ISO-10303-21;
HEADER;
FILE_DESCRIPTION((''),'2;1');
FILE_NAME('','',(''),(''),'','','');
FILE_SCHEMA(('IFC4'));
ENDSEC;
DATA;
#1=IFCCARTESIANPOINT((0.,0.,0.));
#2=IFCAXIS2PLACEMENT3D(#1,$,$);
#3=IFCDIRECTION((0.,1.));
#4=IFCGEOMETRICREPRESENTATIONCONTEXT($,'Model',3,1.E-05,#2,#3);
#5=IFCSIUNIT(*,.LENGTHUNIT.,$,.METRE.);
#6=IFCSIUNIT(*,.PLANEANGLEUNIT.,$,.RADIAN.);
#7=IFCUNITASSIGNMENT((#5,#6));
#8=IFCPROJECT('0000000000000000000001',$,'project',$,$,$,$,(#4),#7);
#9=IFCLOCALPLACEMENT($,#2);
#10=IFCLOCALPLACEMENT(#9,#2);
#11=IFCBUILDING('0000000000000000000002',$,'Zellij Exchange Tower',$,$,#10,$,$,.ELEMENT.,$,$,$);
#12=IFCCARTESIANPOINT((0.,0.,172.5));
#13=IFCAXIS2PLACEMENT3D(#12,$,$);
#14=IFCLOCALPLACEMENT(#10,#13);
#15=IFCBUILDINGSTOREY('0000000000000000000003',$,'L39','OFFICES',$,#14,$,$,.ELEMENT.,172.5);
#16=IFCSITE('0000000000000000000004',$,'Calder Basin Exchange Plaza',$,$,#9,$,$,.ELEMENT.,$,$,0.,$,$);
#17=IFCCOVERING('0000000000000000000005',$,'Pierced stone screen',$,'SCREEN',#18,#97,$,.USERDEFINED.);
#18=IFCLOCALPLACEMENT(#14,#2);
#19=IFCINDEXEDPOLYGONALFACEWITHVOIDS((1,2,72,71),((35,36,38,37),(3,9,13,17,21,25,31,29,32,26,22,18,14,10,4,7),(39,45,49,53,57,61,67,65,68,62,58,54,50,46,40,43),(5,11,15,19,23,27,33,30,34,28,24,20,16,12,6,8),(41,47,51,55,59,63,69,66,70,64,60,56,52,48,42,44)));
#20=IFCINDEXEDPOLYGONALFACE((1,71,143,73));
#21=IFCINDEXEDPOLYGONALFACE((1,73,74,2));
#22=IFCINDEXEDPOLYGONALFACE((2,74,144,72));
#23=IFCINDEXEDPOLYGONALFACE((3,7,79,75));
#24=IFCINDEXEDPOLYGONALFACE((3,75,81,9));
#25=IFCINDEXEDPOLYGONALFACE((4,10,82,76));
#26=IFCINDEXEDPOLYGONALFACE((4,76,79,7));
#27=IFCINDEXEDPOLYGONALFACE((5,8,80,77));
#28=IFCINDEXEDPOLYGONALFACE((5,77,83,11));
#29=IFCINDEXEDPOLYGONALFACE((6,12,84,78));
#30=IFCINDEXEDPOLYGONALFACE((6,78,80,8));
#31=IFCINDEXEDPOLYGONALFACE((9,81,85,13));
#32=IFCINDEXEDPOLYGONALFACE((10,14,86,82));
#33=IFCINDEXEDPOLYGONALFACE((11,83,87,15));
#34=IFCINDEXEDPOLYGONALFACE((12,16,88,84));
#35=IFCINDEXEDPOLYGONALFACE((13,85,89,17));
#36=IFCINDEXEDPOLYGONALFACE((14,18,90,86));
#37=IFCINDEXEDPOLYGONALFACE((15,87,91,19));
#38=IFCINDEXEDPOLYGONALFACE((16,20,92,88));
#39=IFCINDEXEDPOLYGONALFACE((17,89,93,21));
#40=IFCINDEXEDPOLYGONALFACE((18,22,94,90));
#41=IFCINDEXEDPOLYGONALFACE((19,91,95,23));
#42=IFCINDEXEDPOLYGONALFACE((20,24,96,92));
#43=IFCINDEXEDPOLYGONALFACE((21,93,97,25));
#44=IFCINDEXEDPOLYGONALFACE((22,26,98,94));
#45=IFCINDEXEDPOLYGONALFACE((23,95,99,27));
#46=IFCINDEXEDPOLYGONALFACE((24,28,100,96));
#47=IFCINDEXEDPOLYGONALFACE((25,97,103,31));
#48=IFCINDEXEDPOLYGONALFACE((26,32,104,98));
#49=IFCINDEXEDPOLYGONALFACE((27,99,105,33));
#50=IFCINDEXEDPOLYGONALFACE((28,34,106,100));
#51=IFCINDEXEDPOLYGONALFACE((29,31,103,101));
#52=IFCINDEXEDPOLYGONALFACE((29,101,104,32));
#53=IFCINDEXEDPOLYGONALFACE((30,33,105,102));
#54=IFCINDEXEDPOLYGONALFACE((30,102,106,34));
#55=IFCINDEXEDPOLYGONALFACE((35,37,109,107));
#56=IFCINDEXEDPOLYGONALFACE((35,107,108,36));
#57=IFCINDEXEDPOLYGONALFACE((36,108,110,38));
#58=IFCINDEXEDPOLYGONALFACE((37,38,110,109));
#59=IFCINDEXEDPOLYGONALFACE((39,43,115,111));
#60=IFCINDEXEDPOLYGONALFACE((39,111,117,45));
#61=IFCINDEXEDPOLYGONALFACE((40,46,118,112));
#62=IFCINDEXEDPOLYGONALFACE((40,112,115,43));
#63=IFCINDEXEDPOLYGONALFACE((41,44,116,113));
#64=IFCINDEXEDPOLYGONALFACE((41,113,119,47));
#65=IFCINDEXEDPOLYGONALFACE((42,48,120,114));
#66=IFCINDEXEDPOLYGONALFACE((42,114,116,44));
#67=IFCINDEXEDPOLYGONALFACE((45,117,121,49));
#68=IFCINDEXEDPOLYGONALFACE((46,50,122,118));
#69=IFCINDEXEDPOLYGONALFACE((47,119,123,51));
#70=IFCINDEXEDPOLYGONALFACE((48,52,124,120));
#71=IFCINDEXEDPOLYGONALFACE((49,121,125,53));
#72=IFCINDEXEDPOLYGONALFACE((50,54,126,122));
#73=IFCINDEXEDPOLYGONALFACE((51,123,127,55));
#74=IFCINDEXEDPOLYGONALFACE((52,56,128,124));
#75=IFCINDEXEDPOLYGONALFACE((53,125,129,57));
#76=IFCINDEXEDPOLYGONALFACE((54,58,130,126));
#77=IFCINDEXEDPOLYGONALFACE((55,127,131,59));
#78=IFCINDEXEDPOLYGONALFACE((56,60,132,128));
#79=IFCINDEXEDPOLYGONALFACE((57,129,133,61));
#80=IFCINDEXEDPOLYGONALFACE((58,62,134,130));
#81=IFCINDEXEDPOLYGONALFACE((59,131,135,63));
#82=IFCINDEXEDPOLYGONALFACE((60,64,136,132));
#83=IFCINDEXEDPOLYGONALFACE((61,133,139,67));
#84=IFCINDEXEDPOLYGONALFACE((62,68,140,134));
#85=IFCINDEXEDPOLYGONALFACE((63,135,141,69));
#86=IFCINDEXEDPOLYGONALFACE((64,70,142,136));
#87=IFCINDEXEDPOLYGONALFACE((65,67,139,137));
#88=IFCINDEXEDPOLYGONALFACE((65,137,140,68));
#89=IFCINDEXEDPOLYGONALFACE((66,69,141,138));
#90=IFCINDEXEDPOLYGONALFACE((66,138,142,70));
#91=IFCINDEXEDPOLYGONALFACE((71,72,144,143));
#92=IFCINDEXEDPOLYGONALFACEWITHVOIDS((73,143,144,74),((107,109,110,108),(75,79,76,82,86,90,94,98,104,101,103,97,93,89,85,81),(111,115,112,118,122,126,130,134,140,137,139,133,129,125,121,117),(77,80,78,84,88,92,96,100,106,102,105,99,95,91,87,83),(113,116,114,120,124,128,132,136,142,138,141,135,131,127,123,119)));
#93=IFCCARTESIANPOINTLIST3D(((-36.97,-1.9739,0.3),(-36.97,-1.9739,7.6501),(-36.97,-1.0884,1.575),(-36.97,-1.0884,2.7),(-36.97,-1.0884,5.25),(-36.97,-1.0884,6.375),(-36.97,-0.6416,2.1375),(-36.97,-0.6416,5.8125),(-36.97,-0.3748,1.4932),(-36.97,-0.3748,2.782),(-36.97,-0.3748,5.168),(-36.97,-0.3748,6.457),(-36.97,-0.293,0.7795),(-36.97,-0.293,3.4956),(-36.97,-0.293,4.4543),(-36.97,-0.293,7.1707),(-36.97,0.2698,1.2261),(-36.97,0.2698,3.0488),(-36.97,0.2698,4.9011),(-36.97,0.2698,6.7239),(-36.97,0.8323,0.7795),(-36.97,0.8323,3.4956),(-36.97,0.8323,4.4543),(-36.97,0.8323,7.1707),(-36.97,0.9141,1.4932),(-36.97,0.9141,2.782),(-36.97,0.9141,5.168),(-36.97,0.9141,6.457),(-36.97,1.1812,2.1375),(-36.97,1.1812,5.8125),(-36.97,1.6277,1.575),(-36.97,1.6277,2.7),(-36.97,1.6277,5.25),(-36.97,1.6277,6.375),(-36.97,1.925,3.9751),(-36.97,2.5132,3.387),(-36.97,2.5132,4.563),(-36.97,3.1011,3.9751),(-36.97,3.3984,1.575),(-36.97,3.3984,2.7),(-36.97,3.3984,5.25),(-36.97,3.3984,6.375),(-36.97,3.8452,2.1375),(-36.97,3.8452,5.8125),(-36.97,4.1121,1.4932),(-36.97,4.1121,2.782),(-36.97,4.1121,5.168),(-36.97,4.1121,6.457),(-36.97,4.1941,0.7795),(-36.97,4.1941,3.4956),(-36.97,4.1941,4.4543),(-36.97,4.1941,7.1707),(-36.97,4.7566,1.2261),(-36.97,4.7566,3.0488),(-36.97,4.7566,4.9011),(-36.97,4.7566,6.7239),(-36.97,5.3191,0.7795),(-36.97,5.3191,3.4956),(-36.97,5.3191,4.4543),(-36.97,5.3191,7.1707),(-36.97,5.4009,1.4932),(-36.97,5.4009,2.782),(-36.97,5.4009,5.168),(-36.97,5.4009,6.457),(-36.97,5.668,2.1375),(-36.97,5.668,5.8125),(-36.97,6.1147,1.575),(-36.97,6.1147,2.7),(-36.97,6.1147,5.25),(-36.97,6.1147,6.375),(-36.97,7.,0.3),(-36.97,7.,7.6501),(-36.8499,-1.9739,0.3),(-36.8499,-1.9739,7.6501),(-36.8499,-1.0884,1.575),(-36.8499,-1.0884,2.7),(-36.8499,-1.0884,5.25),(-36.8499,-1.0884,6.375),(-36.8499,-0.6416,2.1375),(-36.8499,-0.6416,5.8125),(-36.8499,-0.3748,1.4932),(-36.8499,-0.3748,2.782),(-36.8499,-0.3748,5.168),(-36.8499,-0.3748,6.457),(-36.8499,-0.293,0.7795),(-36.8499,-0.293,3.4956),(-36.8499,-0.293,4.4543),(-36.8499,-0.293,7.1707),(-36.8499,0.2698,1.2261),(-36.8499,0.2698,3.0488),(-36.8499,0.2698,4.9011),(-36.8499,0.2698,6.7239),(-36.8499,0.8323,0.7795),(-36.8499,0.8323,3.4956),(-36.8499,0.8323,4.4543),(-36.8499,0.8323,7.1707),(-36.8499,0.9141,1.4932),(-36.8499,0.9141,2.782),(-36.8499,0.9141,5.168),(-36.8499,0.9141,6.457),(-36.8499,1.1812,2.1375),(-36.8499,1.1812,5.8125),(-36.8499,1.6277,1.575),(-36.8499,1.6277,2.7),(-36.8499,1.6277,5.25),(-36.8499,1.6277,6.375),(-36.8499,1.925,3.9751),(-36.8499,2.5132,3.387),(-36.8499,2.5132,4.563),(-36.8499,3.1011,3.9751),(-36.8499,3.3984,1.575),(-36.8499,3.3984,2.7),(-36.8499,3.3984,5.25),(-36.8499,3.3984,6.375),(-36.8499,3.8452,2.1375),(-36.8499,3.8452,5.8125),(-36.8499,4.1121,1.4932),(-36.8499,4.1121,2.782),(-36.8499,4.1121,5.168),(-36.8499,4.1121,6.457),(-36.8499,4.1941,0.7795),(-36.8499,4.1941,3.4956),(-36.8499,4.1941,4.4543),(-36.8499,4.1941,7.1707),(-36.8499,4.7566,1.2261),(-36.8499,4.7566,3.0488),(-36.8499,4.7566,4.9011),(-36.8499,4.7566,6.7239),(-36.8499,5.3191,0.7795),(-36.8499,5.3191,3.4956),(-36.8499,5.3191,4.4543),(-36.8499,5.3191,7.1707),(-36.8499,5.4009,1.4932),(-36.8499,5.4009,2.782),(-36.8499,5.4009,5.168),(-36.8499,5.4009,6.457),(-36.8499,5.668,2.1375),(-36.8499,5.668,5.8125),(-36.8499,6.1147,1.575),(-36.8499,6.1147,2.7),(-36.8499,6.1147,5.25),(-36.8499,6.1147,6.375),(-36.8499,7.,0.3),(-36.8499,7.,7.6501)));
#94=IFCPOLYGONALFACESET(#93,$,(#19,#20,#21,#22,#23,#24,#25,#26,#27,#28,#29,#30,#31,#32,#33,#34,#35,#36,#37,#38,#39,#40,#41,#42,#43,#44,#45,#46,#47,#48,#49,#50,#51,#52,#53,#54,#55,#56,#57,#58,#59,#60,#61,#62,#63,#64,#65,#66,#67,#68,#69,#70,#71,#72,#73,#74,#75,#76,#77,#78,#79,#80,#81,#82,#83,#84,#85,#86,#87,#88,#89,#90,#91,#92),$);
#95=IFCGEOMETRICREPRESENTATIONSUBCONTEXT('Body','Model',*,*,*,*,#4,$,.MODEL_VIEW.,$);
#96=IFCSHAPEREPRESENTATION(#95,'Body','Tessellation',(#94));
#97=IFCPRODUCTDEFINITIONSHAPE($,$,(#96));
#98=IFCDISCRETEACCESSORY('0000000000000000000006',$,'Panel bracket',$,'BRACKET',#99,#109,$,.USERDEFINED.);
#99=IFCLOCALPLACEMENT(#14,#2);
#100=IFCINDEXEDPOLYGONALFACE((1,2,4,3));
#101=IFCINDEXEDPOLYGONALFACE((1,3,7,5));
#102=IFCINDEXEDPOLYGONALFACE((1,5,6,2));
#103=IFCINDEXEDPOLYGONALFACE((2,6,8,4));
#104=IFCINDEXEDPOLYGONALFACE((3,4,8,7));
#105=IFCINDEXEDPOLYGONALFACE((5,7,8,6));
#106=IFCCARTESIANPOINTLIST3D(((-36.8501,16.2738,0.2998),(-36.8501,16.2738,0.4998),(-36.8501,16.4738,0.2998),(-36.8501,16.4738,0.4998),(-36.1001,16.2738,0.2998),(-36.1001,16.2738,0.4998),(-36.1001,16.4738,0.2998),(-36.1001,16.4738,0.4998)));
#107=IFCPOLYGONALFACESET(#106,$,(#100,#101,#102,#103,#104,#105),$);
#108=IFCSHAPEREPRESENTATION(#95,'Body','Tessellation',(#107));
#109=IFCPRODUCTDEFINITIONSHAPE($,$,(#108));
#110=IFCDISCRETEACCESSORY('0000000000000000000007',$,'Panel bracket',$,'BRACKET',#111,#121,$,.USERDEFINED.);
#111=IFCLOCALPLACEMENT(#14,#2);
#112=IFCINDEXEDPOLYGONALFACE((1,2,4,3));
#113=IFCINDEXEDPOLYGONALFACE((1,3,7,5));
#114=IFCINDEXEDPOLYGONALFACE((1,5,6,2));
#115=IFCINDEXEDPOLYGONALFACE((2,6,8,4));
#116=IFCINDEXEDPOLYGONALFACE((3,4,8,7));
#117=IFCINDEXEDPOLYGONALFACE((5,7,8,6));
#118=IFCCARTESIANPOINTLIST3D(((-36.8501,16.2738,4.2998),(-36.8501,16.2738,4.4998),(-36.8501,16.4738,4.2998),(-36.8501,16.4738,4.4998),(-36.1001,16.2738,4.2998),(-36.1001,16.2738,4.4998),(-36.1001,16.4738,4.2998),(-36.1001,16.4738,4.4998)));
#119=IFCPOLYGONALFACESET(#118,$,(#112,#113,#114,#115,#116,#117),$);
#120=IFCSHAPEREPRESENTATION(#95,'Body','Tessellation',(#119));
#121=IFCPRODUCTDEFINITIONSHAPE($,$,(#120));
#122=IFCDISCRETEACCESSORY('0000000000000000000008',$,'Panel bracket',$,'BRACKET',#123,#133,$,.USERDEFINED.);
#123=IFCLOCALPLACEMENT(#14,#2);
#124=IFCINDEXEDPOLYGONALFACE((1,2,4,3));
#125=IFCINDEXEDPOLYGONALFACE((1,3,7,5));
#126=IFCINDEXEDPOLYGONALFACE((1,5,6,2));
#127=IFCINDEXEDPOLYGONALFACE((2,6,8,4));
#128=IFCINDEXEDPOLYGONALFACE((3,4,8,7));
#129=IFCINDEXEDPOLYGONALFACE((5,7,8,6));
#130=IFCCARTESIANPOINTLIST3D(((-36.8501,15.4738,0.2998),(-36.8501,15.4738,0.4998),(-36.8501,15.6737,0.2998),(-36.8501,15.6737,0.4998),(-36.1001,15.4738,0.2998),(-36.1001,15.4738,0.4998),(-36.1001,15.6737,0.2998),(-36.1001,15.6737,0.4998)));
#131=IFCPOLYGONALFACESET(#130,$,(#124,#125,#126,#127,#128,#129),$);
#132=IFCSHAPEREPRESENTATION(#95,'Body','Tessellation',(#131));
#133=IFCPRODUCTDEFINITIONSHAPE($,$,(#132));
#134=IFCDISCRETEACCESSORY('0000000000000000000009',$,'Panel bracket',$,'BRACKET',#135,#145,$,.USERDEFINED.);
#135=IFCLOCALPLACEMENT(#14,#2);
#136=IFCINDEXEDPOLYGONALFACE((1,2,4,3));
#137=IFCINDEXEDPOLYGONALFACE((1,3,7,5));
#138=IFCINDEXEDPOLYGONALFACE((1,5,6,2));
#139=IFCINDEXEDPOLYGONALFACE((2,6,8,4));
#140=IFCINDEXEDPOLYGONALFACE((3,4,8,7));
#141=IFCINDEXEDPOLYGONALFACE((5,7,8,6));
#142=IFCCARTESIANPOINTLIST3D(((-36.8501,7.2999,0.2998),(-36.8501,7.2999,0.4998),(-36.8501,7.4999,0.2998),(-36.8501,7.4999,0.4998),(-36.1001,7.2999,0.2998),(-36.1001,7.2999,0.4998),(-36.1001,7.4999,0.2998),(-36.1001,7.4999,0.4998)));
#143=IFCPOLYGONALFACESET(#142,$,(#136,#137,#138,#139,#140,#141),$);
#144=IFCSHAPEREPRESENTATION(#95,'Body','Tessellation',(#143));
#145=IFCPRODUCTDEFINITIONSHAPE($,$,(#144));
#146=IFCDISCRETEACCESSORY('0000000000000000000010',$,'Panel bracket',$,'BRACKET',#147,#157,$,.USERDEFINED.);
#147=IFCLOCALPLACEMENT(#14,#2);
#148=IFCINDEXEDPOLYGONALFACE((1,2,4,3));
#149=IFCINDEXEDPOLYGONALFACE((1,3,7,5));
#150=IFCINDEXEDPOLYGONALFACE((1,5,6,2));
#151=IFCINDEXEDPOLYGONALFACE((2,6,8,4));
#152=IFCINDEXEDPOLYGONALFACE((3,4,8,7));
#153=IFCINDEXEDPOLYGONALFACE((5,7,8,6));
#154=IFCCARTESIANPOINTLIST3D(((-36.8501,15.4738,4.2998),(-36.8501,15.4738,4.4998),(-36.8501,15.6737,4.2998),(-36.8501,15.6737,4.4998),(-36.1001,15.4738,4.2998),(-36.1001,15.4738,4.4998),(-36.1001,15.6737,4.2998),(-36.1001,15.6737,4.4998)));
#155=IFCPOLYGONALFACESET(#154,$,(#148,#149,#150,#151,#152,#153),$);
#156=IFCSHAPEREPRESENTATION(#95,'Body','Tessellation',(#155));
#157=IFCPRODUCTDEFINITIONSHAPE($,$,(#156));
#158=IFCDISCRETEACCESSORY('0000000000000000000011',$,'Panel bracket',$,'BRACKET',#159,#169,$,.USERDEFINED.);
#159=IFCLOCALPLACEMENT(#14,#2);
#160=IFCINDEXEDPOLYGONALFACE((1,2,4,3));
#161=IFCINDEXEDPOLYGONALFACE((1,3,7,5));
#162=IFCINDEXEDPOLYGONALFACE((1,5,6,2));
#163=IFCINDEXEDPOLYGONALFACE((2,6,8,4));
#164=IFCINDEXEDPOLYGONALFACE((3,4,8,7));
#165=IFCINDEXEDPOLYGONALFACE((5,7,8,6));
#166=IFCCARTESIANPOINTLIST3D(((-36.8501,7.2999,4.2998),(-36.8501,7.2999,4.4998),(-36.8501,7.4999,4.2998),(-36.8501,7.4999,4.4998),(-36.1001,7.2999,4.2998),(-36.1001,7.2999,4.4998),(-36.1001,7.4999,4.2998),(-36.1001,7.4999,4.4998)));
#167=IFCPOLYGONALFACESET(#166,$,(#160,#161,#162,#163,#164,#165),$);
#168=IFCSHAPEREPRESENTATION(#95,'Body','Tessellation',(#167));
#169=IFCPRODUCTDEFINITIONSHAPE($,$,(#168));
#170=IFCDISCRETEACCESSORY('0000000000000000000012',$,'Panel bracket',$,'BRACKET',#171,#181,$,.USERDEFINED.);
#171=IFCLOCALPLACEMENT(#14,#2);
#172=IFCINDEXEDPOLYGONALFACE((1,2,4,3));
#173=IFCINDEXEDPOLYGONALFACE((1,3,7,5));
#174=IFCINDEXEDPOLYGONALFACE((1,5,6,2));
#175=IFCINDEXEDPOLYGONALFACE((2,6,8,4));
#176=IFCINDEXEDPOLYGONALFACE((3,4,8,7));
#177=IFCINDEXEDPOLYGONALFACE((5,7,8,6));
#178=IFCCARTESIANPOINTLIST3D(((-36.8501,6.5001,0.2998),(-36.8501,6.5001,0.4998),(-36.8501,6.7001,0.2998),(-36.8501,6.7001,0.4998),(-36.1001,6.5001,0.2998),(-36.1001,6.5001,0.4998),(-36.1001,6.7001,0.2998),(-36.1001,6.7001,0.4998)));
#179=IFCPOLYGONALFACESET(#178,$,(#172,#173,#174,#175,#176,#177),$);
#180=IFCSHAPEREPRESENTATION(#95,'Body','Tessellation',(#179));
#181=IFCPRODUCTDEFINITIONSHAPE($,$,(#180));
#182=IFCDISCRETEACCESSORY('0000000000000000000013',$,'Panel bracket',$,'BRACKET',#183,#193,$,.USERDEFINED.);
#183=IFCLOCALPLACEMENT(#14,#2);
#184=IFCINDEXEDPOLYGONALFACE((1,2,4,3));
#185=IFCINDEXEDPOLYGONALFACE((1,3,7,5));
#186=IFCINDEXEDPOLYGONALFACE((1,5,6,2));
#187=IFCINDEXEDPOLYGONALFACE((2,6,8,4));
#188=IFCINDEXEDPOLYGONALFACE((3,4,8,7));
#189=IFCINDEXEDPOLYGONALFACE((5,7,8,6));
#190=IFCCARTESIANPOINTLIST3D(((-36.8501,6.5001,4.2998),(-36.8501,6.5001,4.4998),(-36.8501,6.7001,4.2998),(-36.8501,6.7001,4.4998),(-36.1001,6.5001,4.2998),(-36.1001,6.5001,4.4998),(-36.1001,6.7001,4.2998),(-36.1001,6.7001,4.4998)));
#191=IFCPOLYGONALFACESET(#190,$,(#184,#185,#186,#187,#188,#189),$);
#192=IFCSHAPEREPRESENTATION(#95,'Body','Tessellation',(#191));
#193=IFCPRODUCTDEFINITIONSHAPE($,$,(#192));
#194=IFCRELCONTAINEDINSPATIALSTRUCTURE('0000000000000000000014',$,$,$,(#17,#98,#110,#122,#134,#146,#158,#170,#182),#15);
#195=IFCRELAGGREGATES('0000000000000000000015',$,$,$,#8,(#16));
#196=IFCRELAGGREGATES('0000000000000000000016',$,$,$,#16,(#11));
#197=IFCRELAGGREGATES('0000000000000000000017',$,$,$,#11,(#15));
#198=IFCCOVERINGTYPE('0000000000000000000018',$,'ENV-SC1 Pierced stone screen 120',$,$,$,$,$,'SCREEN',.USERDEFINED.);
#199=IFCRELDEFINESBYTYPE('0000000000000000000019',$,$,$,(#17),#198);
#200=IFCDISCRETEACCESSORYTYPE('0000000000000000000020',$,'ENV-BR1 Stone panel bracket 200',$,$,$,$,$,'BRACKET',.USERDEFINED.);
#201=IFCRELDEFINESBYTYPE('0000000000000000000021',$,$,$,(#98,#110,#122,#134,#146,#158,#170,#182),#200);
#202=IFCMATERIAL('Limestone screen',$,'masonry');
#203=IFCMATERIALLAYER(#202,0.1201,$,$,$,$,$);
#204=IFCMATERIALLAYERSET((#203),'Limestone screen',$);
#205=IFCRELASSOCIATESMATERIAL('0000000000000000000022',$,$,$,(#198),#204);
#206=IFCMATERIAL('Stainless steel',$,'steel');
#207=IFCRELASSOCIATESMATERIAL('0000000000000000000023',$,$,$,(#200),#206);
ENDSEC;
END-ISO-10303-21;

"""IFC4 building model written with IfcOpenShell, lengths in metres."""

from ifc_helpers import new_model, si_unit, direction, frame, origin, origin_2d, place, context, subcontext, project, spatial, polyline, rectangle, outline, extrude, material, layer, layer_set, type_object, element, save


model = new_model("IFC4")

# Units and contexts
model_context = context("Model", 3, precision=1e-05, world=origin(), true_north=direction((0.0, 1.0)))
body_context = subcontext(model_context, "Body", "Model", "MODEL_VIEW")
ifc_project = project(units=[si_unit("LENGTHUNIT", "METRE"), si_unit("PLANEANGLEUNIT", "RADIAN")], contexts=[model_context])

# Site, building, storey
site_placement = place(None, origin())
site = spatial("IfcSite", under=ifc_project, at=site_placement, Name="Calder Basin Exchange Plaza", CompositionType="ELEMENT", RefElevation=0.0)
building_placement = place(site_placement, origin())
building = spatial("IfcBuilding", under=site, at=building_placement, Name="Zellij Exchange Tower", CompositionType="ELEMENT")
storey_placement = place(building_placement, frame((0.0, 0.0, 172.5)))
storey = spatial("IfcBuildingStorey", under=building, at=storey_placement, Name="L39", Description="OFFICES", CompositionType="ELEMENT", Elevation=172.5)

# Covering
ifc_material_1 = material(Name="Limestone screen", Category="masonry")
ifc_layer_1 = layer(ifc_material_1, 0.1201)
ifc_layer_set_1 = layer_set([ifc_layer_1], Name="Limestone screen")
covering_type = type_object("IfcCoveringType", Name="ENV-SC1 Pierced stone screen 120", ElementType="SCREEN", PredefinedType="USERDEFINED", material=ifc_layer_set_1)
covering_1_placement = place(storey_placement, frame((-36.9099, 7.0, 0.3), z_axis=(0.0, 0.0, 1.0), x_axis=(0.0, -1.0, 0.0)))
element("IfcCovering", 1, at=covering_1_placement, inside=storey, type_object=covering_type, Name="Pierced stone screen", ObjectType="SCREEN", PredefinedType="USERDEFINED", context=body_context, shape_type="SweptSolid", body=[
    extrude(outline(polyline([(0.0, 0.0), (8.9739, 0.0), (8.9739, 7.3501), (0.0, 7.3501), (0.0, 0.0)]), holes=[polyline([(3.6016, 2.3999), (2.8879, 2.4819), (2.8059, 3.1956), (2.2434, 2.7488), (1.6809, 3.1956), (1.5991, 2.4819), (0.8853, 2.3999), (1.332, 1.8374), (0.8853, 1.2749), (1.5991, 1.1931), (1.6809, 0.4795), (2.2434, 0.926), (2.8059, 0.4795), (2.8879, 1.1931), (3.6016, 1.2749), (3.1548, 1.8374), (3.6016, 2.3999)]), polyline([(3.6016, 6.075), (2.8879, 6.157), (2.8059, 6.8706), (2.2434, 6.4238), (1.6809, 6.8706), (1.5991, 6.157), (0.8853, 6.075), (1.332, 5.5125), (0.8853, 4.95), (1.5991, 4.8679), (1.6809, 4.1543), (2.2434, 4.6011), (2.8059, 4.1543), (2.8879, 4.8679), (3.6016, 4.95), (3.1548, 5.5125), (3.6016, 6.075)]), polyline([(8.0884, 2.3999), (7.3748, 2.4819), (7.293, 3.1956), (6.7302, 2.7488), (6.1677, 3.1956), (6.0859, 2.4819), (5.3723, 2.3999), (5.8188, 1.8374), (5.3723, 1.2749), (6.0859, 1.1931), (6.1677, 0.4795), (6.7302, 0.926), (7.293, 0.4795), (7.3748, 1.1931), (8.0884, 1.2749), (7.6416, 1.8374), (8.0884, 2.3999)]), polyline([(8.0884, 6.075), (7.3748, 6.157), (7.293, 6.8706), (6.7302, 6.4238), (6.1677, 6.8706), (6.0859, 6.157), (5.3723, 6.075), (5.8188, 5.5125), (5.3723, 4.95), (6.0859, 4.8679), (6.1677, 4.1543), (6.7302, 4.6011), (7.293, 4.1543), (7.3748, 4.8679), (8.0884, 4.95), (7.6416, 5.5125), (8.0884, 6.075)]), polyline([(5.075, 3.675), (4.4868, 4.2629), (3.8989, 3.675), (4.4868, 3.0869), (5.075, 3.675)])]), frame((0.0, 0.0601, 0.0), z_axis=(0.0, -1.0, 0.0), x_axis=(1.0, 0.0, 0.0)), (0.0, 0.0, 1.0), 0.1201),
])

# Discrete accessories
ifc_material_2 = material(Name="Stainless steel", Category="steel")
discrete_accessory_type = type_object("IfcDiscreteAccessoryType", Name="ENV-BR1 Stone panel bracket 200", ElementType="BRACKET", PredefinedType="USERDEFINED", material=ifc_material_2)
for number, where, z_axis, x_axis, name in (
    (2, (-36.4751, 16.3738, 0.2998), (0.0, 0.0, 1.0), (0.0, -1.0, 0.0), "Panel bracket"),
    (3, (-36.4751, 16.3738, 4.2998), (0.0, 0.0, 1.0), (0.0, -1.0, 0.0), "Panel bracket"),
    (4, (-36.4751, 15.5737, 0.2998), (0.0, 0.0, 1.0), (0.0, -1.0, 0.0), "Panel bracket"),
    (5, (-36.4751, 7.3999, 0.2998), (0.0, 0.0, 1.0), (0.0, -1.0, 0.0), "Panel bracket"),
    (6, (-36.4751, 15.5737, 4.2998), (0.0, 0.0, 1.0), (0.0, -1.0, 0.0), "Panel bracket"),
    (7, (-36.4751, 7.3999, 4.2998), (0.0, 0.0, 1.0), (0.0, -1.0, 0.0), "Panel bracket"),
    (8, (-36.4751, 6.6001, 0.2998), (0.0, 0.0, 1.0), (0.0, -1.0, 0.0), "Panel bracket"),
    (9, (-36.4751, 6.6001, 4.2998), (0.0, 0.0, 1.0), (0.0, -1.0, 0.0), "Panel bracket"),
):
    element("IfcDiscreteAccessory", number, at=place(storey_placement, frame(where, z_axis=z_axis, x_axis=x_axis)), inside=storey, type_object=discrete_accessory_type, Name=name, ObjectType="BRACKET", PredefinedType="USERDEFINED", context=body_context, shape_type="SweptSolid", body=[
        extrude(rectangle(XDim=0.2, YDim=0.75, at=origin_2d()), origin(), (0.0, 0.0, 1.0), 0.2),
    ])

save(model, "model.ifc")
